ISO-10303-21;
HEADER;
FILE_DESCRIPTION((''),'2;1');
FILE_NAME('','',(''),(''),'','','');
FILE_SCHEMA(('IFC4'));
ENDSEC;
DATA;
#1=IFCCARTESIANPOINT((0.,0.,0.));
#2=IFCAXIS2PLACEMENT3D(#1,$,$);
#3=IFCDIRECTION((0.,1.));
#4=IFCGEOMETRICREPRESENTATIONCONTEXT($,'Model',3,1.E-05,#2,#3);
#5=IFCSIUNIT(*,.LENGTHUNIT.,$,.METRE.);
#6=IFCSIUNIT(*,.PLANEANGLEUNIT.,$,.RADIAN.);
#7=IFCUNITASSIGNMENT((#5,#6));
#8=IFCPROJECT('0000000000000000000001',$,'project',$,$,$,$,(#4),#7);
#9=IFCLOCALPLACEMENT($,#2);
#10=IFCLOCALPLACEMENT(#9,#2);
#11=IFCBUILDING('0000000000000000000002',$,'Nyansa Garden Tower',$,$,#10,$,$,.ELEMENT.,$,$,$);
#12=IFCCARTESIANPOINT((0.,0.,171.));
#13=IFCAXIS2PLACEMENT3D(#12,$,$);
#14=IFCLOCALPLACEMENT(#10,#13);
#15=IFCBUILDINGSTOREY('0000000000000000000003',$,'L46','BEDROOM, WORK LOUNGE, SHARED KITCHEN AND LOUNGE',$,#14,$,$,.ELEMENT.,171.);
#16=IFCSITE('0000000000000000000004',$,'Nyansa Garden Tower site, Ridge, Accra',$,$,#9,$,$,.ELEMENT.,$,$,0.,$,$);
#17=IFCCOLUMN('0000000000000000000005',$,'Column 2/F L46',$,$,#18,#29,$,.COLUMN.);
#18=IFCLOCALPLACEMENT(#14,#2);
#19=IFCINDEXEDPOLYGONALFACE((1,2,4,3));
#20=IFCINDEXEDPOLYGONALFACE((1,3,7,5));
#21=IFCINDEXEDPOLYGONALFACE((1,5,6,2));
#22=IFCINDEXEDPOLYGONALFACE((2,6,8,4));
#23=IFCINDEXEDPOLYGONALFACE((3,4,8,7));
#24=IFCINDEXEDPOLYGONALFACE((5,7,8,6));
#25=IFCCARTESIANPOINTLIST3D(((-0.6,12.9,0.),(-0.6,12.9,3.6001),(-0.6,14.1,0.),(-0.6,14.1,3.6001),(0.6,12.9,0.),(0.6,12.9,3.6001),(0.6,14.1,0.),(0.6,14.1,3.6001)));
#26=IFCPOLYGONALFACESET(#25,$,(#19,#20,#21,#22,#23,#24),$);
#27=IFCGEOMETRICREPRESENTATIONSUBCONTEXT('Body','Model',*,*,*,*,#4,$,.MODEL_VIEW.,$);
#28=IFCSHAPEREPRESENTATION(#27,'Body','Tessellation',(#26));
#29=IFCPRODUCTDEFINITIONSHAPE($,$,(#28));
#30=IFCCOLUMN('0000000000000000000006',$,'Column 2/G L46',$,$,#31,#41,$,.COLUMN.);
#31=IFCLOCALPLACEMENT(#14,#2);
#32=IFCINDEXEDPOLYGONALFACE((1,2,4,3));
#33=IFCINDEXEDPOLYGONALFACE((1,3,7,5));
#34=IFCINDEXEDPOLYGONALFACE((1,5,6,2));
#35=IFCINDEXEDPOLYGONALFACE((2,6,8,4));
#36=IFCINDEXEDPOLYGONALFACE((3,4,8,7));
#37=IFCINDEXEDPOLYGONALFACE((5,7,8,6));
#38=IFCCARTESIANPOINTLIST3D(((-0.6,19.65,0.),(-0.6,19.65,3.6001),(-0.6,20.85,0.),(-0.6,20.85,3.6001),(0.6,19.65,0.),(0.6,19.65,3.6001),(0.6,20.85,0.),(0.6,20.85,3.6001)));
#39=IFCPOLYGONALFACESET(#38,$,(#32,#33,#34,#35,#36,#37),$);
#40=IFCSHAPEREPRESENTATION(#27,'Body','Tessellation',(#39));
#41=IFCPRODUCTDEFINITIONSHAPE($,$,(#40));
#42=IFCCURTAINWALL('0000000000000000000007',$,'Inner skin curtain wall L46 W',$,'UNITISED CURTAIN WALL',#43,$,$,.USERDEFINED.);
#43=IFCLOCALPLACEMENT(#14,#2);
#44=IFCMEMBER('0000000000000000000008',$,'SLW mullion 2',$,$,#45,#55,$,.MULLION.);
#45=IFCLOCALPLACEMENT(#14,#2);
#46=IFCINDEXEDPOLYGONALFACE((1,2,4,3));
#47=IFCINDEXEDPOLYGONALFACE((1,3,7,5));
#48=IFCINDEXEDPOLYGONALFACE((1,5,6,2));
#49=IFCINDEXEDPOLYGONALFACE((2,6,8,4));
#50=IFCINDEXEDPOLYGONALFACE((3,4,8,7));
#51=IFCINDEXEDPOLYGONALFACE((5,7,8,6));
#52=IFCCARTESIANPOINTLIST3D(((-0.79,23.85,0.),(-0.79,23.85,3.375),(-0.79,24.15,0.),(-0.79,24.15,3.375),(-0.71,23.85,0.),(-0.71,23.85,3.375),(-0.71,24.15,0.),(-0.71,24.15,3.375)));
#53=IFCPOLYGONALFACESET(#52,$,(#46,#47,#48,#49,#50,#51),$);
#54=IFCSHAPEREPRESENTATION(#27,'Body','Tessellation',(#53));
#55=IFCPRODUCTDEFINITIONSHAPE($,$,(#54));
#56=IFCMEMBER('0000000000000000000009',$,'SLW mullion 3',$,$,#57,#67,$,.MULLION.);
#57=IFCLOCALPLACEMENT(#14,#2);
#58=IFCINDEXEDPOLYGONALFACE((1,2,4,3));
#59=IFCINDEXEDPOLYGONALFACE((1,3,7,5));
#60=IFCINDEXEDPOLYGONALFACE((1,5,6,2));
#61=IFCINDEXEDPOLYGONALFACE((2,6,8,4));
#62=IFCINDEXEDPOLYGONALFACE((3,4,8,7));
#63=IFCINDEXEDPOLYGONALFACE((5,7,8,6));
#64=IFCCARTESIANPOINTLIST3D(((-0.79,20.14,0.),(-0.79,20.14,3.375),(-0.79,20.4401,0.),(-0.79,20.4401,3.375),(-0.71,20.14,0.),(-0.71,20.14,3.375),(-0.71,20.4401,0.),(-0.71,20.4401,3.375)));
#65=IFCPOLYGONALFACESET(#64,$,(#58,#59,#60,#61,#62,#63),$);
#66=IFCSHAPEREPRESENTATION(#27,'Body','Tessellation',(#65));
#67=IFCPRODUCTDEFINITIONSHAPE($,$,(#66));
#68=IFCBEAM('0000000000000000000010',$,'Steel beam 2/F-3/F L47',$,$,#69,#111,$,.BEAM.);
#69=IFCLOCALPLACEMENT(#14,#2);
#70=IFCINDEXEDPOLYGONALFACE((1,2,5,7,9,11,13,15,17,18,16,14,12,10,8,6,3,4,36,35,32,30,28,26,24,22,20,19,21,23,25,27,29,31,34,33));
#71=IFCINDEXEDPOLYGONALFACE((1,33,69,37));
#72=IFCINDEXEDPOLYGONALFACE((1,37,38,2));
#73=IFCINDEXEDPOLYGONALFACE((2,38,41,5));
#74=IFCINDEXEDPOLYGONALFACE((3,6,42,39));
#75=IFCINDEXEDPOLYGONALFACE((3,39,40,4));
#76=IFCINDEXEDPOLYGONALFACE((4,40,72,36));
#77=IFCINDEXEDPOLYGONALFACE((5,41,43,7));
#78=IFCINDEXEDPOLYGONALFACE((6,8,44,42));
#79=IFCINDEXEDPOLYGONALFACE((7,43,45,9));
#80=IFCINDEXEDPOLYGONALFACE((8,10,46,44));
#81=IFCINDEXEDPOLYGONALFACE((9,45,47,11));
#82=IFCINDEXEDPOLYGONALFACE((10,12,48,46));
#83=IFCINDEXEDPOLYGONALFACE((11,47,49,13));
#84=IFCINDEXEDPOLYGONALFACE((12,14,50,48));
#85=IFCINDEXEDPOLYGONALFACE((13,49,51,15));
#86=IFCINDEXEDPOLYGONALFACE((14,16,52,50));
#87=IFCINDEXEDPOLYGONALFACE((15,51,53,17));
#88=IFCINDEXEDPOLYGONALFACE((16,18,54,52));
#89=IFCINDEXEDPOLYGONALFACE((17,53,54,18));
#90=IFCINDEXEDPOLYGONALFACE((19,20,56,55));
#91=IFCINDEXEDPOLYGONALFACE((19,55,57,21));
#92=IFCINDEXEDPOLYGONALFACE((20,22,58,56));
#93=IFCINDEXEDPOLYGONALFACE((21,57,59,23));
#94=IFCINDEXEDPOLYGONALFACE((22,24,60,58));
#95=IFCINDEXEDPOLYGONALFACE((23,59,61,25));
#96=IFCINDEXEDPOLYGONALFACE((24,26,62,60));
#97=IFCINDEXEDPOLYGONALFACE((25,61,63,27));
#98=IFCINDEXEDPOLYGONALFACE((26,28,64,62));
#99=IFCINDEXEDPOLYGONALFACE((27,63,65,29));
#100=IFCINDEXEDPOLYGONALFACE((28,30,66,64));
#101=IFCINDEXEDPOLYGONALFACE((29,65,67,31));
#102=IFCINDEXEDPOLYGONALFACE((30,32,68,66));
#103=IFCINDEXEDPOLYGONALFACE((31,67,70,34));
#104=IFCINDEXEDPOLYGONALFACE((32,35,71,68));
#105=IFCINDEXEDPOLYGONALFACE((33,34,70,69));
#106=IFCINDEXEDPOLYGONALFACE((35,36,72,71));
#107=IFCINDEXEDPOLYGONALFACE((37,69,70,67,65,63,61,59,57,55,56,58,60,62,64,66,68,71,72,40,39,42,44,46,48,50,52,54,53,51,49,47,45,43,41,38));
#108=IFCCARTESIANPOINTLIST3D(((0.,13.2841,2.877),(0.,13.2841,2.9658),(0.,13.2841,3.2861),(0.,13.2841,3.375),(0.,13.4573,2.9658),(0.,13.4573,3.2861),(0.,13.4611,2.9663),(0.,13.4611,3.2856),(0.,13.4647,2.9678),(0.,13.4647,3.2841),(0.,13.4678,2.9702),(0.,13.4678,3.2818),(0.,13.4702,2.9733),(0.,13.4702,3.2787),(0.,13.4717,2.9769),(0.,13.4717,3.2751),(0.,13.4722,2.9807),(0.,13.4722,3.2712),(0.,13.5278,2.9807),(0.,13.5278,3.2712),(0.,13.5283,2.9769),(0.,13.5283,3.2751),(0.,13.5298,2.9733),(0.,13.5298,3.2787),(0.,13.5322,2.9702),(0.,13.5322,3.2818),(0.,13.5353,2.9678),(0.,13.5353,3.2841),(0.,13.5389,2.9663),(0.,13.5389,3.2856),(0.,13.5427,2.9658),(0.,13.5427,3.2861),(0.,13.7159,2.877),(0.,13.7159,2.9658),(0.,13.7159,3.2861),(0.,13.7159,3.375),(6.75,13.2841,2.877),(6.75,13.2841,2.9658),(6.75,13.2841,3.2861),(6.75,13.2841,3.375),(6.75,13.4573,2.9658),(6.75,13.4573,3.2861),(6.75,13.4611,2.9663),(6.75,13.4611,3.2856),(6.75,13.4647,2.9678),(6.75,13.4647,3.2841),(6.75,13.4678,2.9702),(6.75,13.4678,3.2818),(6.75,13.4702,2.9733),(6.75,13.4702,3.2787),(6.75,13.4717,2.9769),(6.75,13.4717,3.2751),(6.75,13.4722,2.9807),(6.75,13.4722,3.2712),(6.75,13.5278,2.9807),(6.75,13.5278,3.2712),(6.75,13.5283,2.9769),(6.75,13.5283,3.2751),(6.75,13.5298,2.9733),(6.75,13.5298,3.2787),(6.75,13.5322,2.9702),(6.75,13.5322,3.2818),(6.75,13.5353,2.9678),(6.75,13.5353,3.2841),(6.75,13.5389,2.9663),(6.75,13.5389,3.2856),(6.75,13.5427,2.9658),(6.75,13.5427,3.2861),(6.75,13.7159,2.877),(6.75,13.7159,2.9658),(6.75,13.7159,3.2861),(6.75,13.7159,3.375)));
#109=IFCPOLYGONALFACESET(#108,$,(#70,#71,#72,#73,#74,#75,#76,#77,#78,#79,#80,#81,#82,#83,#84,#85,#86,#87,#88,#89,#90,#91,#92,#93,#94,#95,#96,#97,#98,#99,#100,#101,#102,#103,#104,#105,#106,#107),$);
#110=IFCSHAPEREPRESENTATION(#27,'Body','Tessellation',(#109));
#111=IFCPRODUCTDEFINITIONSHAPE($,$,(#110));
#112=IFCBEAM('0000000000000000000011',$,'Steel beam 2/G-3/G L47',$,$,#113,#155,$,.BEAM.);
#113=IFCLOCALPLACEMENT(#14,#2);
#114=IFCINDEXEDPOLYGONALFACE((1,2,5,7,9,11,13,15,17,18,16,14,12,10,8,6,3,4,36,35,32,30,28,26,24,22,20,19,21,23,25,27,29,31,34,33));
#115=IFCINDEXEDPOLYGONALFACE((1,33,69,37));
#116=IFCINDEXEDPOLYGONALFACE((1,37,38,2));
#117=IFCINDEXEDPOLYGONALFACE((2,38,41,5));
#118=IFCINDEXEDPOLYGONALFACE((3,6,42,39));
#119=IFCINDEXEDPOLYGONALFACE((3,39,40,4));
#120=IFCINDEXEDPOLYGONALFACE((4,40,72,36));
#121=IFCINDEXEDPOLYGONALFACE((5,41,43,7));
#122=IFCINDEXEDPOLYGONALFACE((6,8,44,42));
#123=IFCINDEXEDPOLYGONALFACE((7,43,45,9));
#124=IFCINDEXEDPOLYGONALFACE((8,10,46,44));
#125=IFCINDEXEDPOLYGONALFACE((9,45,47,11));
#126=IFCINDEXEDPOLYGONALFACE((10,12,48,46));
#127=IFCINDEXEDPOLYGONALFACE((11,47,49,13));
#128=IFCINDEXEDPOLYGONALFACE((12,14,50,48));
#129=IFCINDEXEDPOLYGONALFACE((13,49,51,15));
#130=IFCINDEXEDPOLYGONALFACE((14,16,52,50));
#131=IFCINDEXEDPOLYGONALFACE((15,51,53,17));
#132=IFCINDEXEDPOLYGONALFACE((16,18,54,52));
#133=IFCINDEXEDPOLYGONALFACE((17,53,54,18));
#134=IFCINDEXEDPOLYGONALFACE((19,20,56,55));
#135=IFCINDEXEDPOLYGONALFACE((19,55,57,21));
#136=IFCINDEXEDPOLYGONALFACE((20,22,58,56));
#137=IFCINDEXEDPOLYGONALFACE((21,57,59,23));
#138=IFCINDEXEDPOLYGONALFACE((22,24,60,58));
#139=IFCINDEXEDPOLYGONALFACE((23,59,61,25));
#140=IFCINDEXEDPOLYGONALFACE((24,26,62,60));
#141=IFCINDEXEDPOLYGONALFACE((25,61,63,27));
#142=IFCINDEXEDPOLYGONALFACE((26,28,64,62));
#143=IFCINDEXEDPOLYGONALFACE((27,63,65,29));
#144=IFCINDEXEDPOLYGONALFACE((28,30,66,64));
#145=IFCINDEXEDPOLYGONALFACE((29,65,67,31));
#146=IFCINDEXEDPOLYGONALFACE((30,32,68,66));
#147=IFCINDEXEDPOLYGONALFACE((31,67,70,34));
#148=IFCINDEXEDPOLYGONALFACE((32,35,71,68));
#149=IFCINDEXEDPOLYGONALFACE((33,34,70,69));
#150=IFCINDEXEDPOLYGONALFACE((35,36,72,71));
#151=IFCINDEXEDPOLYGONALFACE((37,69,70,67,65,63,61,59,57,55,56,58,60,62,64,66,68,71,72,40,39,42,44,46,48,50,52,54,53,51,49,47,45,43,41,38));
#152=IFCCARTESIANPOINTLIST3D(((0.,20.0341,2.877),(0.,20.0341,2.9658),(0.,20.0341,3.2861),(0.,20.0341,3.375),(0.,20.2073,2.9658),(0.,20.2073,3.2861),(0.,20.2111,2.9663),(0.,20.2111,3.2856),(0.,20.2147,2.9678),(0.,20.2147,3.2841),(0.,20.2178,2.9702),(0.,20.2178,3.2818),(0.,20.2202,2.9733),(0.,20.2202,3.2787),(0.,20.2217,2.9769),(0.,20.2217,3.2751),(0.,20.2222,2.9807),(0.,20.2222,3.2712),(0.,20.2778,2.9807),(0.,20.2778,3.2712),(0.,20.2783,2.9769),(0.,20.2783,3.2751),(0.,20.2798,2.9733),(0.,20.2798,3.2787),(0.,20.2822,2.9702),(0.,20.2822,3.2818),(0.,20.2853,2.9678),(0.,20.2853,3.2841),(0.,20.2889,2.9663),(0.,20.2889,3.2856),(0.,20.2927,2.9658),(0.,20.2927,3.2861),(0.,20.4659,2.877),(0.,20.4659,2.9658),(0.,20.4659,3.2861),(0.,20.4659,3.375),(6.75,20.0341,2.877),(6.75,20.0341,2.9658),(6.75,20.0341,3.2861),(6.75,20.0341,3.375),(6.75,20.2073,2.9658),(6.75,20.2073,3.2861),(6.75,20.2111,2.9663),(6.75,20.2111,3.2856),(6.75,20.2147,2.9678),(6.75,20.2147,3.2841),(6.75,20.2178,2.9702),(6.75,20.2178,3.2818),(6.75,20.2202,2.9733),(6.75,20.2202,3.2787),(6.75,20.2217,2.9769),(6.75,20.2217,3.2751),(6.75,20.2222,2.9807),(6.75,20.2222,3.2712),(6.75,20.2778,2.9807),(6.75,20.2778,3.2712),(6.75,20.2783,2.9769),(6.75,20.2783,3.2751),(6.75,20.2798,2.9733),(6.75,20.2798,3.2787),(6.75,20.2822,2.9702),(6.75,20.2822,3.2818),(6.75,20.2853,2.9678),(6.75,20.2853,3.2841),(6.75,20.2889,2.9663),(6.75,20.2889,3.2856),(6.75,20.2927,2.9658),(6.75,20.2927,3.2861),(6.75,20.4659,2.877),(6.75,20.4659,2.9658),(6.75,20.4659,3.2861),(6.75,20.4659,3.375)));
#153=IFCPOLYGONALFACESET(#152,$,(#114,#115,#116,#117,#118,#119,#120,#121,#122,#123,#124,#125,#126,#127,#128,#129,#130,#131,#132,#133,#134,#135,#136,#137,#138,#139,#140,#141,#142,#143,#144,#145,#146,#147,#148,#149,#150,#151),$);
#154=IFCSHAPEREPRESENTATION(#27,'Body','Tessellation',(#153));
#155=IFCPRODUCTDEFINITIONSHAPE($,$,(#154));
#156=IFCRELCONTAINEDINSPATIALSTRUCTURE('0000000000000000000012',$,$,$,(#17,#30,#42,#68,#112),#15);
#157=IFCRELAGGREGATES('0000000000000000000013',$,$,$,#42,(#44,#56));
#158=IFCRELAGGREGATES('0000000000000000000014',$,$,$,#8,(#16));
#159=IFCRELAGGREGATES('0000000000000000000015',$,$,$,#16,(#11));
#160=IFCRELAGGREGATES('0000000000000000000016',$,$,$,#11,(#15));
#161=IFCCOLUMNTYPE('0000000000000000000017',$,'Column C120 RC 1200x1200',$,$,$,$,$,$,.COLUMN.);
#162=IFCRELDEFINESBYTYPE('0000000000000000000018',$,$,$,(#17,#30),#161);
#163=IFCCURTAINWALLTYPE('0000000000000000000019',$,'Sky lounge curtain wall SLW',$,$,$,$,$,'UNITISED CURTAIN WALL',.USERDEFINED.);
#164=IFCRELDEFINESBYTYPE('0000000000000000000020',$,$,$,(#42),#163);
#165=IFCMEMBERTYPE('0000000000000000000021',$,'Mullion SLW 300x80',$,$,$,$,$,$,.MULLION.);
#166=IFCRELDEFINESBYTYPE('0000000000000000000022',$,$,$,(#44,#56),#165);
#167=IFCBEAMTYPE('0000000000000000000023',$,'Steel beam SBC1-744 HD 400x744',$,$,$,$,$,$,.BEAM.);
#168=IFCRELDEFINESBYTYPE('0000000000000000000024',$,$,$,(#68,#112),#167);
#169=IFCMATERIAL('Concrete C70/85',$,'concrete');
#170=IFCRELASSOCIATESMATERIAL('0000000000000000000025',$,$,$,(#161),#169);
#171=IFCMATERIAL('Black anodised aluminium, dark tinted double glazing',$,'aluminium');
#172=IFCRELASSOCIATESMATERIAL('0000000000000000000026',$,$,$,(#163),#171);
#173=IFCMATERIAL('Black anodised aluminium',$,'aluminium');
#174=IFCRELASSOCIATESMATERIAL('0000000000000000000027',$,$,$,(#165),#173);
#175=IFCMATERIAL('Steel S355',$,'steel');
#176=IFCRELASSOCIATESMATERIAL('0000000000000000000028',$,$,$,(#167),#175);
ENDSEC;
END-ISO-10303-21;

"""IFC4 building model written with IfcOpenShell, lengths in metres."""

from ifc_helpers import new_model, si_unit, direction, frame, origin, origin_2d, place, context, subcontext, project, spatial, rectangle, i_section, extrude, material, material_profile, profile_set, type_object, element, aggregate, save


model = new_model("IFC4")

# Units and contexts
model_context = context("Model", 3, precision=1e-05, world=origin(), true_north=direction((0.0, 1.0)))
body_context = subcontext(model_context, "Body", "Model", "MODEL_VIEW")
ifc_project = project(units=[si_unit("LENGTHUNIT", "METRE"), si_unit("PLANEANGLEUNIT", "RADIAN")], contexts=[model_context])

# Site, building, storey
site_placement = place(None, origin())
site = spatial("IfcSite", under=ifc_project, at=site_placement, Name="Nyansa Garden Tower site, Ridge, Accra", CompositionType="ELEMENT", RefElevation=0.0)
building_placement = place(site_placement, origin())
building = spatial("IfcBuilding", under=site, at=building_placement, Name="Nyansa Garden Tower", CompositionType="ELEMENT")
storey_placement = place(building_placement, frame((0.0, 0.0, 171.0)))
storey = spatial("IfcBuildingStorey", under=building, at=storey_placement, Name="L46", Description="BEDROOM, WORK LOUNGE, SHARED KITCHEN AND LOUNGE", CompositionType="ELEMENT", Elevation=171.0)

# Columns
ifc_material_1 = material(Name="Concrete C70/85", Category="concrete")
ifc_material_profile_1 = material_profile(ifc_material_1, rectangle(XDim=1.2, YDim=1.2, at=origin_2d()), Name="RC 1200x1200")
ifc_profile_set_1 = profile_set([ifc_material_profile_1], Name="Concrete C70/85")
column_type = type_object("IfcColumnType", Name="Column C120 RC 1200x1200", PredefinedType="COLUMN", material=ifc_profile_set_1)
for number, where, z_axis, x_axis, name in (
    (1, (0.0, 13.5, 0.0), (0.0, 0.0, 1.0), (1.0, 0.0, 0.0), "Column 2/F L46"),
    (2, (0.0, 20.25, 0.0), (0.0, 0.0, 1.0), (1.0, 0.0, 0.0), "Column 2/G L46"),
):
    element("IfcColumn", number, at=place(storey_placement, frame(where, z_axis=z_axis, x_axis=x_axis)), inside=storey, type_object=column_type, Name=name, PredefinedType="COLUMN", context=body_context, shape_type="SweptSolid", body=[
        extrude(rectangle(XDim=1.2, YDim=1.2, at=origin_2d()), origin(), (0.0, 0.0, 1.0), 3.6001),
    ])

# Curtain wall, members
ifc_material_2 = material(Name="Black anodised aluminium, dark tinted double glazing", Category="aluminium")
curtain_wall_type = type_object("IfcCurtainWallType", Name="Sky lounge curtain wall SLW", ElementType="UNITISED CURTAIN WALL", PredefinedType="USERDEFINED", material=ifc_material_2)
curtain_wall_placement = place(storey_placement, origin())
curtain_wall = element("IfcCurtainWall", 3, at=curtain_wall_placement, inside=storey, type_object=curtain_wall_type, Name="Inner skin curtain wall L46 W", ObjectType="UNITISED CURTAIN WALL", PredefinedType="USERDEFINED")
ifc_material_3 = material(Name="Black anodised aluminium", Category="aluminium")
ifc_material_profile_2 = material_profile(ifc_material_3, rectangle(XDim=0.0801, YDim=0.3, at=origin_2d()), Name="Mullion 300x80")
ifc_profile_set_2 = profile_set([ifc_material_profile_2], Name="Black anodised aluminium")
member_type_1 = type_object("IfcMemberType", Name="Mullion SLW 300x80", PredefinedType="MULLION", material=ifc_profile_set_2)
member_1_placement = place(storey_placement, frame((-0.75, 24.0, 0.0), z_axis=(0.0, 0.0, 1.0), x_axis=(1.0, 0.0, 0.0)))
member_1 = element("IfcMember", 4, at=member_1_placement, type_object=member_type_1, Name="SLW mullion 2", PredefinedType="MULLION", context=body_context, shape_type="SweptSolid", body=[
    extrude(rectangle(XDim=0.0801, YDim=0.3, at=origin_2d()), origin(), (0.0, 0.0, 1.0), 3.375),
])
member_2_placement = place(storey_placement, frame((-0.75, 20.29, 0.0), z_axis=(0.0, 0.0, 1.0), x_axis=(1.0, 0.0, 0.0)))
member_2 = element("IfcMember", 5, at=member_2_placement, type_object=member_type_1, Name="SLW mullion 3", PredefinedType="MULLION", context=body_context, shape_type="SweptSolid", body=[
    extrude(rectangle(XDim=0.0801, YDim=0.3, at=origin_2d()), origin(), (0.0, 0.0, 1.0), 3.375),
])

# Beams
ifc_material_4 = material(Name="Steel S355", Category="steel")
ifc_material_profile_3 = material_profile(ifc_material_4, i_section(OverallWidth=0.4319, OverallDepth=0.498, WebThickness=0.0557, FlangeThickness=0.0889, FilletRadius=0.0149, at=origin_2d()), Name="HD 400x744")
ifc_profile_set_3 = profile_set([ifc_material_profile_3], Name="Steel S355")
beam_type_1 = type_object("IfcBeamType", Name="Steel beam SBC1-744 HD 400x744", PredefinedType="BEAM", material=ifc_profile_set_3)
for number, where, z_axis, x_axis, name in (
    (6, (0.0, 13.5, 3.126), (1.0, 0.0, 0.0), (0.0, 1.0, 0.0), "Steel beam 2/F-3/F L47"),
    (7, (0.0, 20.25, 3.126), (1.0, 0.0, 0.0), (0.0, 1.0, 0.0), "Steel beam 2/G-3/G L47"),
):
    element("IfcBeam", number, at=place(storey_placement, frame(where, z_axis=z_axis, x_axis=x_axis)), inside=storey, type_object=beam_type_1, Name=name, PredefinedType="BEAM", context=body_context, shape_type="SweptSolid", body=[
        extrude(i_section(OverallWidth=0.4319, OverallDepth=0.498, WebThickness=0.0557, FlangeThickness=0.0889, FilletRadius=0.0149, at=origin_2d()), origin(), (0.0, 0.0, 1.0), 6.75),
    ])

aggregate(curtain_wall, [member_1, member_2])

save(model, "model.ifc")
